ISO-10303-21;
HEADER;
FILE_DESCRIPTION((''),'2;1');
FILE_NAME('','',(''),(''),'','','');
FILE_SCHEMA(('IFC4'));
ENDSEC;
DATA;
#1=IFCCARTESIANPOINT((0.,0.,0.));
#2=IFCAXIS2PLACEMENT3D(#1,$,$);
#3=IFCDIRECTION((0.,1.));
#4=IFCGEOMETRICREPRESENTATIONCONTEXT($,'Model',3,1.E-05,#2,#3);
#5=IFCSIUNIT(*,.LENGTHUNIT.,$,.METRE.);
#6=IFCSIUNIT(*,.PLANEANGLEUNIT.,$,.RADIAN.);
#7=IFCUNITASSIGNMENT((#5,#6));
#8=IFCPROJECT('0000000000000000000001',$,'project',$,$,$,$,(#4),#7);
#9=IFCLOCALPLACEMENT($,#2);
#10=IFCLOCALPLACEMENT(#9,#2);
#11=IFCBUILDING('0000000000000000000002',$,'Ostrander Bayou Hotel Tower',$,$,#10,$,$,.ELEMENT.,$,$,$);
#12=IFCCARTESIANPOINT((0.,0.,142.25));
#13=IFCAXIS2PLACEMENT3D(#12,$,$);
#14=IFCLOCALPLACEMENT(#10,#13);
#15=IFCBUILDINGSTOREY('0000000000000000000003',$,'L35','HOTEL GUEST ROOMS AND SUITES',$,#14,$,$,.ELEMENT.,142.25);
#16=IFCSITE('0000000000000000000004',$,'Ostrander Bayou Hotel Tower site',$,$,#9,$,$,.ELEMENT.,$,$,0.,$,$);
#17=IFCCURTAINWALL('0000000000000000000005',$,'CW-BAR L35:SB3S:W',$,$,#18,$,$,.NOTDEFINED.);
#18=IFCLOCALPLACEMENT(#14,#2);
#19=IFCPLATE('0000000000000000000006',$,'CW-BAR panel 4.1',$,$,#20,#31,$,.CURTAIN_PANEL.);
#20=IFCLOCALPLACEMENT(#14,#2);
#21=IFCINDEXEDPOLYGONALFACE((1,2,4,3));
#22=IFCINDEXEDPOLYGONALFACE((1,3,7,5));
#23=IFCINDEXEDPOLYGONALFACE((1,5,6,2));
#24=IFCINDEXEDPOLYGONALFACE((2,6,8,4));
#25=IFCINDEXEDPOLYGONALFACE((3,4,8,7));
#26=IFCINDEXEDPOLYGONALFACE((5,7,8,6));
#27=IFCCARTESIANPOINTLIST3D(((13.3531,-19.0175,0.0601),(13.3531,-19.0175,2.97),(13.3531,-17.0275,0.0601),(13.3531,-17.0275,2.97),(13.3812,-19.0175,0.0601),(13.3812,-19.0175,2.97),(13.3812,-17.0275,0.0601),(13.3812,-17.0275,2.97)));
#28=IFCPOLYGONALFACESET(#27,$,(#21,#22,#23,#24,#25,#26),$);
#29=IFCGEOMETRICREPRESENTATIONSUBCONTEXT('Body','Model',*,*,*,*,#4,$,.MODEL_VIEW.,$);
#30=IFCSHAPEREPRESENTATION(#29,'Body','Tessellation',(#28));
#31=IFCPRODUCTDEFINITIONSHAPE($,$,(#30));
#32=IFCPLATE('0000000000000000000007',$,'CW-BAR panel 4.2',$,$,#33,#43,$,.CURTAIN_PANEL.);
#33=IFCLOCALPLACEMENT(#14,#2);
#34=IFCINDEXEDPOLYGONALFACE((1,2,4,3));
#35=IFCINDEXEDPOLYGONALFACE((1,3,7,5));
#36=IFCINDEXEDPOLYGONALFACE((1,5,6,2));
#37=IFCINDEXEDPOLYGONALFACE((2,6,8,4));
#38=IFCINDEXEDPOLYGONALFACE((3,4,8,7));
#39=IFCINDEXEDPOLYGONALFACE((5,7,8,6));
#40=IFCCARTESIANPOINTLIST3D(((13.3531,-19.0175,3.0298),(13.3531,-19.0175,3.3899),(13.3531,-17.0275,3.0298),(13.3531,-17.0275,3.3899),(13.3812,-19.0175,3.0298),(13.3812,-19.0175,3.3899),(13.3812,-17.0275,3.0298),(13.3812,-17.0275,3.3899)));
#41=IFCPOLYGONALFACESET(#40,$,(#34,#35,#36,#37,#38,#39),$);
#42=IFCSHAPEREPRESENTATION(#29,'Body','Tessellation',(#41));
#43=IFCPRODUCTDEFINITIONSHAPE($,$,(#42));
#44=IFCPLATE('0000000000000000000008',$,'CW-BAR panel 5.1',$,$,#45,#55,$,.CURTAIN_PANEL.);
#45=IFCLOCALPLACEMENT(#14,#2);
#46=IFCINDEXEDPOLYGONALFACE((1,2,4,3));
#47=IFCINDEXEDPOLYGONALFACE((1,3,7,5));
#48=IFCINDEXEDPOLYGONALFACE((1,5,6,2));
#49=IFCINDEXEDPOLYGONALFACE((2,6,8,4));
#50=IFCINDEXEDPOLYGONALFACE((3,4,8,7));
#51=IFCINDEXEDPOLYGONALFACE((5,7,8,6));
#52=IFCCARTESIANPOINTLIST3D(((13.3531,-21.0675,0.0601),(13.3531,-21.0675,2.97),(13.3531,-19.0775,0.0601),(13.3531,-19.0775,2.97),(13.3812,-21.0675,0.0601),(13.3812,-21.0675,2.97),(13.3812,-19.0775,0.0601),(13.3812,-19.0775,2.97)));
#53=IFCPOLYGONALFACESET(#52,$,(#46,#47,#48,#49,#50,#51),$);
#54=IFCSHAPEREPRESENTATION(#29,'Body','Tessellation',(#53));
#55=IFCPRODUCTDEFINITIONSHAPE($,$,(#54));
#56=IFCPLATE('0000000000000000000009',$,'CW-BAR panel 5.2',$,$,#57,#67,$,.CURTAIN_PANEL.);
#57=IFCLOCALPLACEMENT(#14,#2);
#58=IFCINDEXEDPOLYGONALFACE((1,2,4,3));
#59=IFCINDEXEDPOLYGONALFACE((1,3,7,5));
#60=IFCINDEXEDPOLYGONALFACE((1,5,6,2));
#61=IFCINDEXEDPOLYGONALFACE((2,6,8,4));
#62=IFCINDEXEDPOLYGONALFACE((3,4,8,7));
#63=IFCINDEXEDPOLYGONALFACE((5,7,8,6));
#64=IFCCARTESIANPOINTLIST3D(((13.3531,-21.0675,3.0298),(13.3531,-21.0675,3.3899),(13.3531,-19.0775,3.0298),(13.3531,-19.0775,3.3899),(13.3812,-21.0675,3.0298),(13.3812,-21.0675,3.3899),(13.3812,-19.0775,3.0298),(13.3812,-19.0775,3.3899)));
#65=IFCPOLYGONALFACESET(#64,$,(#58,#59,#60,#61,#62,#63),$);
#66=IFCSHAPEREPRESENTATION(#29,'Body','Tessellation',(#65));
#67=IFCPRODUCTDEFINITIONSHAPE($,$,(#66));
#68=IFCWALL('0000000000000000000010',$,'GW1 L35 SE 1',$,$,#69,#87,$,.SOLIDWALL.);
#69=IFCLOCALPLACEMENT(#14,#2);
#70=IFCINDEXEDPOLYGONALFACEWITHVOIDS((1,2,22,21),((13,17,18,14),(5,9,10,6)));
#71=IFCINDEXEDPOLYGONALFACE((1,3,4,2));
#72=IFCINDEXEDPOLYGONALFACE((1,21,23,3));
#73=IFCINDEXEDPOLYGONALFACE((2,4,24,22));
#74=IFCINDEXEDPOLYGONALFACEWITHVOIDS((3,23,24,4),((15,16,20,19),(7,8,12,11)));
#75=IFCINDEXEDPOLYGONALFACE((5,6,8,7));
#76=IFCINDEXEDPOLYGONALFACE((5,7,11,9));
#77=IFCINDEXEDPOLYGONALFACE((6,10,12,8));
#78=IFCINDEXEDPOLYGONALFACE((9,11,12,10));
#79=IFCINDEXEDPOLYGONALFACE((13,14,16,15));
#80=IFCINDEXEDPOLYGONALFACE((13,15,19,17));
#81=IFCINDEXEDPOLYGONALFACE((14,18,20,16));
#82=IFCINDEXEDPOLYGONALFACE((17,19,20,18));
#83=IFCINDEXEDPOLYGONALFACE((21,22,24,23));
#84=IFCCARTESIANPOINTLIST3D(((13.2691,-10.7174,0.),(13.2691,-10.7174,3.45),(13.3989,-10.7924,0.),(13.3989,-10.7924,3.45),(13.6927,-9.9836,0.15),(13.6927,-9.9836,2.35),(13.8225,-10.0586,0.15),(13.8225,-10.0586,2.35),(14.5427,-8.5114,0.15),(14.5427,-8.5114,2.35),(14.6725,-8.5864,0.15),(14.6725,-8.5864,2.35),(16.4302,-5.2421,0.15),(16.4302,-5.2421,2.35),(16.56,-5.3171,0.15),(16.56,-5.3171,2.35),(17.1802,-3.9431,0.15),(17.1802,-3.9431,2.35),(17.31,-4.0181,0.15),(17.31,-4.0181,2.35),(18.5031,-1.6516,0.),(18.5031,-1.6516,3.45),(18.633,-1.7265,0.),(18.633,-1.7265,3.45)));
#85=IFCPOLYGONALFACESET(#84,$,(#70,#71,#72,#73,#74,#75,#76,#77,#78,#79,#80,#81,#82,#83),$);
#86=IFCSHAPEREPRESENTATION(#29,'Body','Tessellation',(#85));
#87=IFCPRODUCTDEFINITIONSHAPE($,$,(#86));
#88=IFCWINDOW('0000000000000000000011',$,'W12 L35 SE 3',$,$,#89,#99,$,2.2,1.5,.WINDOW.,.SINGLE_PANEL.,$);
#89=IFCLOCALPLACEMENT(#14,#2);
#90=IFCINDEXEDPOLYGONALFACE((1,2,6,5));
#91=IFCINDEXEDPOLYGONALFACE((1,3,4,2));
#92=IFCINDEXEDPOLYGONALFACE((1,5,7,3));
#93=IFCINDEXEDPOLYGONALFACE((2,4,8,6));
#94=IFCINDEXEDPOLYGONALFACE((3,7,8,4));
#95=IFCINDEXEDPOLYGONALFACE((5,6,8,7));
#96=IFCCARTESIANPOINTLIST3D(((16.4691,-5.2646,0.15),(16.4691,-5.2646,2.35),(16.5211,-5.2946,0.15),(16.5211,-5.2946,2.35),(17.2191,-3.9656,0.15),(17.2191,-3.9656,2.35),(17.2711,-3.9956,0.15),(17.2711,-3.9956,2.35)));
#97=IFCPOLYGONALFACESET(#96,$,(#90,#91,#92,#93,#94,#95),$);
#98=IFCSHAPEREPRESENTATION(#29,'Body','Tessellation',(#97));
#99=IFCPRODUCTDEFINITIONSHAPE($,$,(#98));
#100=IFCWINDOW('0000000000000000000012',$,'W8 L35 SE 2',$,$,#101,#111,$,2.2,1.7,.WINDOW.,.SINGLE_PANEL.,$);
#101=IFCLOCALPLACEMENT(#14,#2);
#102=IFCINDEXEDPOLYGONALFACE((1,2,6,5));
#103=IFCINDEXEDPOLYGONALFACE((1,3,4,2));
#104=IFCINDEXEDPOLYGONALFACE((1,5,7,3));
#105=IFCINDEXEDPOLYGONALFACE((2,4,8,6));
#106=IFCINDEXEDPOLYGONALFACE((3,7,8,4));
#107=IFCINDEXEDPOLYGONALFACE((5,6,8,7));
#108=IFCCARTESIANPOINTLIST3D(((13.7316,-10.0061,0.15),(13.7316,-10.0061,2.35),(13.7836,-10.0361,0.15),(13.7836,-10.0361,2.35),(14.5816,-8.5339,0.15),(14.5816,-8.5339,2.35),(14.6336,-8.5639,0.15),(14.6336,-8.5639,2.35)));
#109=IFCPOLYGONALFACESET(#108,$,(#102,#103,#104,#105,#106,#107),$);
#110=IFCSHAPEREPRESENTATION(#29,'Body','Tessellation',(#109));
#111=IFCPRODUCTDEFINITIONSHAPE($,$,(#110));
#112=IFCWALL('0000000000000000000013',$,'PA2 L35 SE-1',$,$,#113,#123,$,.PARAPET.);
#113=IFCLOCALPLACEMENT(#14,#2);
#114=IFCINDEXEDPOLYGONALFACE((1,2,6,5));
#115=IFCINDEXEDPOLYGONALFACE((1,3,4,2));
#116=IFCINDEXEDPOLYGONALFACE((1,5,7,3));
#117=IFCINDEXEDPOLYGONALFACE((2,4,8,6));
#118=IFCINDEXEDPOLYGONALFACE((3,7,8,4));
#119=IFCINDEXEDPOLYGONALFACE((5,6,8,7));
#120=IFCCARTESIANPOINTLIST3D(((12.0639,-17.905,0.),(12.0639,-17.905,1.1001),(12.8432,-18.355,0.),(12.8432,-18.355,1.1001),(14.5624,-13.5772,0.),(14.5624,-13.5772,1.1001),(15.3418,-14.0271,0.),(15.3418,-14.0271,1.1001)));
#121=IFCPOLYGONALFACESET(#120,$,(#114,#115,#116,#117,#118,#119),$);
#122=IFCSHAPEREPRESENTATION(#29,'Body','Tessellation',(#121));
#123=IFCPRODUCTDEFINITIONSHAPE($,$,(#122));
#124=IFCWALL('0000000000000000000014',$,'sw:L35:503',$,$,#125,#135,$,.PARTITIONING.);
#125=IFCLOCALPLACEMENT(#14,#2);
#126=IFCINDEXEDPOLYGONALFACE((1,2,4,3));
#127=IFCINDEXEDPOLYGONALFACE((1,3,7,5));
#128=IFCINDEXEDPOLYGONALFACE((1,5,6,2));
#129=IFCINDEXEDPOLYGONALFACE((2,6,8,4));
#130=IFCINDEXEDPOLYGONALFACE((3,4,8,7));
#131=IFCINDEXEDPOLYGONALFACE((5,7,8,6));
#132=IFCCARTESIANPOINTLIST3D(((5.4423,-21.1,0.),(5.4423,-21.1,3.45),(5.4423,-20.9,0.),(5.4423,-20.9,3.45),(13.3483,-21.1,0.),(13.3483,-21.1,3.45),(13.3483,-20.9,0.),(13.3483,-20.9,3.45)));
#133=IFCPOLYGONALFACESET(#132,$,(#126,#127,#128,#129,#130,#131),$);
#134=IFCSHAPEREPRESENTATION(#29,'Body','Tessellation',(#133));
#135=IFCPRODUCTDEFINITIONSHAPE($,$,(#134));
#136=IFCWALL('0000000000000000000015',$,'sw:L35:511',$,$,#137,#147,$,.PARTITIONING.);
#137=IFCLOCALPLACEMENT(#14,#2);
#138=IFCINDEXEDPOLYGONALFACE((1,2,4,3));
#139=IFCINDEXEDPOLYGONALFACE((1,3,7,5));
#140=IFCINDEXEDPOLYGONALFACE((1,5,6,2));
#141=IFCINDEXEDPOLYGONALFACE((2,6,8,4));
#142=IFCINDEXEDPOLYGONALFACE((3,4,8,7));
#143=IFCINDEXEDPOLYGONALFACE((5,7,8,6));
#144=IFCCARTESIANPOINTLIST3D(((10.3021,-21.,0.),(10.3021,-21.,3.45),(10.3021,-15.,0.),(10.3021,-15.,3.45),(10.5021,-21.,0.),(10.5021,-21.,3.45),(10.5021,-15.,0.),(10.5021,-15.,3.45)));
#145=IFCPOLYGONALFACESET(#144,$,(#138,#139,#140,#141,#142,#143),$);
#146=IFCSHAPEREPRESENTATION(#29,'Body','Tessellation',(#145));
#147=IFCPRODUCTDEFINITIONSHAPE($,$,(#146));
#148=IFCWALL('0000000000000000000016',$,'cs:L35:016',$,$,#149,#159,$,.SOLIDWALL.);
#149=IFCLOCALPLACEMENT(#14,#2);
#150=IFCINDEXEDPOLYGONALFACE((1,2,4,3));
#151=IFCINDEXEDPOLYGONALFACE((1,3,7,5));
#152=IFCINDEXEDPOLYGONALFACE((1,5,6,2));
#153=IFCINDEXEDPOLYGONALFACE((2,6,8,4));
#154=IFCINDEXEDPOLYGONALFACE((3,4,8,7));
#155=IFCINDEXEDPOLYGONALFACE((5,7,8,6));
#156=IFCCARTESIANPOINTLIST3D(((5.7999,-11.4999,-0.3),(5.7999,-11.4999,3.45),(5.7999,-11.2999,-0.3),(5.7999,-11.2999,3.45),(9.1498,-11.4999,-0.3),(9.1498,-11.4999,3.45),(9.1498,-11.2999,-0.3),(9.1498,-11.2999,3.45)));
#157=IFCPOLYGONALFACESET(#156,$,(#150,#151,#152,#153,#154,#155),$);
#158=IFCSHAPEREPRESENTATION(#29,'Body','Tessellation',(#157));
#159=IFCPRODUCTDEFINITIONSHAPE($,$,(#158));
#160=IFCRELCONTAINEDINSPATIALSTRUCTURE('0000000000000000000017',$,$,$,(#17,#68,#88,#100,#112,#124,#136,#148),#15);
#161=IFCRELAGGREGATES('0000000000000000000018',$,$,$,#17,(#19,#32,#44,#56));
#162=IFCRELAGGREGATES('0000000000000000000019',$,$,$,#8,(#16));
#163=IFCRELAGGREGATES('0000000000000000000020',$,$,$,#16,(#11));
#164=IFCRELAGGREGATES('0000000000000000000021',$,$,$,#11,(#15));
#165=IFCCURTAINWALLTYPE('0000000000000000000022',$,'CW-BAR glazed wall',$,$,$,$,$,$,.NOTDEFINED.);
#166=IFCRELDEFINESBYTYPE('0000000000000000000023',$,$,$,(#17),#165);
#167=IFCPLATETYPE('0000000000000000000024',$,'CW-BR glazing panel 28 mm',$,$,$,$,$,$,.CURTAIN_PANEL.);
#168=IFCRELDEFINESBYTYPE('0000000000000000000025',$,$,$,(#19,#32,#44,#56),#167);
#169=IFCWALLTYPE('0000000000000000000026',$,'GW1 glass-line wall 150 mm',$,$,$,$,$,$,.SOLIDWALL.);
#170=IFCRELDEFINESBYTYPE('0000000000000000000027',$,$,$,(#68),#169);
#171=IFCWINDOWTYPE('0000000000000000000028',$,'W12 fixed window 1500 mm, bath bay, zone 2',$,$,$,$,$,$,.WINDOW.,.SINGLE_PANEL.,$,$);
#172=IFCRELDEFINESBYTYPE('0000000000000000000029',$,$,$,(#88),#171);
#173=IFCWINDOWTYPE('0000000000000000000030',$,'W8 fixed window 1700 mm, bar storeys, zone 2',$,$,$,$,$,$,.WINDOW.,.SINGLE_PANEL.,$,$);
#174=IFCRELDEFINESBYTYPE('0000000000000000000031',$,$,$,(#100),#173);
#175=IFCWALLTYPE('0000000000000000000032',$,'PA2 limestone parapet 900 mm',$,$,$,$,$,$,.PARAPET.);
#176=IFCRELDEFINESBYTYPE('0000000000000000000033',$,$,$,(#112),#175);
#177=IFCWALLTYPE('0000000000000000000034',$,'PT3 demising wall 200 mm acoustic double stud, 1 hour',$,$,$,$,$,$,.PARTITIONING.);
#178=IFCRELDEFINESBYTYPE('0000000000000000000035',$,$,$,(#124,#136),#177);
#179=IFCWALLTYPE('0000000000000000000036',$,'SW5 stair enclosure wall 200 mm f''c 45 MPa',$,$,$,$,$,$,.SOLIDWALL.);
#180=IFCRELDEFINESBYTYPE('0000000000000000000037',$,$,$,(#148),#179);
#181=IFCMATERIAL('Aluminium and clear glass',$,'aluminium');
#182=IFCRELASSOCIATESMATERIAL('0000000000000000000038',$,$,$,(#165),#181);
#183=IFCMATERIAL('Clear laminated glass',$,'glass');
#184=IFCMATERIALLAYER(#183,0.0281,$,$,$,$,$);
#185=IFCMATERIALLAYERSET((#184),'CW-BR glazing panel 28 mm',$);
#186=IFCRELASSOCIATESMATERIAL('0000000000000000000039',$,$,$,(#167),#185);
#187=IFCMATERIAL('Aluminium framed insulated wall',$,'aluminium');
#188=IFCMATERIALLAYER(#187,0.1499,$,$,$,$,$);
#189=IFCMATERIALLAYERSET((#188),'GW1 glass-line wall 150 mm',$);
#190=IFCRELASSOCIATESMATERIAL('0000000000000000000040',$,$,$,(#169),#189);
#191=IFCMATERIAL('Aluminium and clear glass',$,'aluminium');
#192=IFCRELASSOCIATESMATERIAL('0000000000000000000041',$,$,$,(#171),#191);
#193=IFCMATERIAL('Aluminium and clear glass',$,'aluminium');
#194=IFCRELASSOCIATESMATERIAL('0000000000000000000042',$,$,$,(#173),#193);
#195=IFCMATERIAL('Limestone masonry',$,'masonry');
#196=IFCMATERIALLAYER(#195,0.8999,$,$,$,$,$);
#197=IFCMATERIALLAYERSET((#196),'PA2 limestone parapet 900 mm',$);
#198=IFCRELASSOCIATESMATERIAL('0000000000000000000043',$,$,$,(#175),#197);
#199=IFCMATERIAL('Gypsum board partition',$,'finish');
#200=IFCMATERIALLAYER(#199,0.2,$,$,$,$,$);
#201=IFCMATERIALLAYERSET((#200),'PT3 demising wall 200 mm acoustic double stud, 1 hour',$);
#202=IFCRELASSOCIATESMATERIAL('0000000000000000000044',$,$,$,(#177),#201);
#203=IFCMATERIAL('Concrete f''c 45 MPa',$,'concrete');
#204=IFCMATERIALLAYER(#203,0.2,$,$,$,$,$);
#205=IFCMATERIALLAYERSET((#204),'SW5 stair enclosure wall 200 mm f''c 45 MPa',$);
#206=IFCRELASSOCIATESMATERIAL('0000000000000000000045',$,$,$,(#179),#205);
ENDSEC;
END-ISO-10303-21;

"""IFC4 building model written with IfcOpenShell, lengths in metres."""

from ifc_helpers import new_model, si_unit, direction, frame, frame_2d, origin, origin_2d, place, context, subcontext, project, spatial, rectangle, extrude, material, layer, layer_set, type_object, element, fill, aggregate, save


model = new_model("IFC4")

# Units and contexts
model_context = context("Model", 3, precision=1e-05, world=origin(), true_north=direction((0.0, 1.0)))
body_context = subcontext(model_context, "Body", "Model", "MODEL_VIEW")
ifc_project = project(units=[si_unit("LENGTHUNIT", "METRE"), si_unit("PLANEANGLEUNIT", "RADIAN")], contexts=[model_context])

# Site, building, storey
site_placement = place(None, origin())
site = spatial("IfcSite", under=ifc_project, at=site_placement, Name="Ostrander Bayou Hotel Tower site", CompositionType="ELEMENT", RefElevation=0.0)
building_placement = place(site_placement, origin())
building = spatial("IfcBuilding", under=site, at=building_placement, Name="Ostrander Bayou Hotel Tower", CompositionType="ELEMENT")
storey_placement = place(building_placement, frame((0.0, 0.0, 142.25)))
storey = spatial("IfcBuildingStorey", under=building, at=storey_placement, Name="L35", Description="HOTEL GUEST ROOMS AND SUITES", CompositionType="ELEMENT", Elevation=142.25)

# Curtain wall
ifc_material_1 = material(Name="Aluminium and clear glass", Category="aluminium")
curtain_wall_type = type_object("IfcCurtainWallType", Name="CW-BAR glazed wall", PredefinedType="NOTDEFINED", material=ifc_material_1)
curtain_wall_placement = place(storey_placement, origin())
curtain_wall = element("IfcCurtainWall", 1, at=curtain_wall_placement, inside=storey, type_object=curtain_wall_type, Name="CW-BAR L35:SB3S:W", PredefinedType="NOTDEFINED")

# Plates
ifc_material_2 = material(Name="Clear laminated glass", Category="glass")
ifc_layer_1 = layer(ifc_material_2, 0.0281)
ifc_layer_set_1 = layer_set([ifc_layer_1], Name="CW-BR glazing panel 28 mm")
plate_type = type_object("IfcPlateType", Name="CW-BR glazing panel 28 mm", PredefinedType="CURTAIN_PANEL", material=ifc_layer_set_1)
plate_1_placement = place(storey_placement, frame((13.3672, -18.0225, 0.0601), z_axis=(0.0, 0.0, 1.0), x_axis=(0.0, -1.0, 0.0)))
plate_1 = element("IfcPlate", 2, at=plate_1_placement, type_object=plate_type, Name="CW-BAR panel 4.1", PredefinedType="CURTAIN_PANEL", context=body_context, shape_type="SweptSolid", body=[
    extrude(rectangle(XDim=1.99, YDim=0.0281, at=origin_2d()), origin(), (0.0, 0.0, 1.0), 2.9099),
])
plate_2_placement = place(storey_placement, frame((13.3672, -18.0225, 3.0298), z_axis=(0.0, 0.0, 1.0), x_axis=(0.0, -1.0, 0.0)))
plate_2 = element("IfcPlate", 3, at=plate_2_placement, type_object=plate_type, Name="CW-BAR panel 4.2", PredefinedType="CURTAIN_PANEL", context=body_context, shape_type="SweptSolid", body=[
    extrude(rectangle(XDim=1.99, YDim=0.0281, at=origin_2d()), origin(), (0.0, 0.0, 1.0), 0.3601),
])
plate_3_placement = place(storey_placement, frame((13.3672, -20.0725, 0.0601), z_axis=(0.0, 0.0, 1.0), x_axis=(0.0, -1.0, 0.0)))
plate_3 = element("IfcPlate", 4, at=plate_3_placement, type_object=plate_type, Name="CW-BAR panel 5.1", PredefinedType="CURTAIN_PANEL", context=body_context, shape_type="SweptSolid", body=[
    extrude(rectangle(XDim=1.99, YDim=0.0281, at=origin_2d()), origin(), (0.0, 0.0, 1.0), 2.9099),
])
plate_4_placement = place(storey_placement, frame((13.3672, -20.0725, 3.0298), z_axis=(0.0, 0.0, 1.0), x_axis=(0.0, -1.0, 0.0)))
plate_4 = element("IfcPlate", 5, at=plate_4_placement, type_object=plate_type, Name="CW-BAR panel 5.2", PredefinedType="CURTAIN_PANEL", context=body_context, shape_type="SweptSolid", body=[
    extrude(rectangle(XDim=1.99, YDim=0.0281, at=origin_2d()), origin(), (0.0, 0.0, 1.0), 0.3601),
])
aggregate(curtain_wall, [plate_1, plate_2, plate_3, plate_4])

# Wall, openings, windows
ifc_material_3 = material(Name="Aluminium framed insulated wall", Category="aluminium")
ifc_layer_2 = layer(ifc_material_3, 0.1499)
ifc_layer_set_2 = layer_set([ifc_layer_2], Name="GW1 glass-line wall 150 mm")
wall_type_1 = type_object("IfcWallType", Name="GW1 glass-line wall 150 mm", PredefinedType="SOLIDWALL", material=ifc_layer_set_2)
wall_1_placement = place(storey_placement, frame((13.334, -10.7549, 0.0), z_axis=(0.0, 0.0, 1.0), x_axis=(0.499994, 0.866029, 0.0)))
wall_1 = element("IfcWall", 6, at=wall_1_placement, inside=storey, type_object=wall_type_1, Name="GW1 L35 SE 1", PredefinedType="SOLIDWALL", context=body_context, shape_type="SweptSolid", body=[
    extrude(rectangle(XDim=10.4683, YDim=0.1499, at=frame_2d((5.2341, 0.0))), origin(), (0.0, 0.0, 1.0), 3.45),
])
opening_1_placement = place(wall_1_placement, frame((0.8472, 0.0, 0.1499)))
opening_1 = element("IfcOpeningElement", 7, at=opening_1_placement, cuts=wall_1, PredefinedType="OPENING", context=body_context, shape_type="SweptSolid", body=[
    extrude(rectangle(XDim=1.7, YDim=2.2, at=frame_2d((0.8501, 1.1001))), frame((0.0, 0.075, 0.0), z_axis=(0.0, -1.0, 0.0), x_axis=(1.0, 0.0, 0.0)), (0.0, 0.0, 1.0), 0.1499),
])
opening_2_placement = place(wall_1_placement, frame((6.3223, 0.0, 0.1499)))
opening_2 = element("IfcOpeningElement", 8, at=opening_2_placement, cuts=wall_1, PredefinedType="OPENING", context=body_context, shape_type="SweptSolid", body=[
    extrude(rectangle(XDim=1.5, YDim=2.2, at=frame_2d((0.75, 1.1001))), frame((0.0, 0.075, 0.0), z_axis=(0.0, -1.0, 0.0), x_axis=(1.0, 0.0, 0.0)), (0.0, 0.0, 1.0), 0.1499),
])
ifc_material_4 = material(Name="Aluminium and clear glass", Category="aluminium")
window_type_1 = type_object("IfcWindowType", Name="W12 fixed window 1500 mm, bath bay, zone 2", PartitioningType="SINGLE_PANEL", PredefinedType="WINDOW", material=ifc_material_4)
window_1_placement = place(opening_2_placement, origin())
window_1 = element("IfcWindow", 9, at=window_1_placement, inside=storey, type_object=window_type_1, Name="W12 L35 SE 3", OverallHeight=2.2, OverallWidth=1.5, PartitioningType="SINGLE_PANEL", PredefinedType="WINDOW", context=body_context, shape_type="SweptSolid", body=[
    extrude(rectangle(XDim=1.5, YDim=2.2, at=frame_2d((0.75, 1.1001))), frame((0.0, 0.03, 0.0), z_axis=(0.0, -1.0, 0.0), x_axis=(1.0, 0.0, 0.0)), (0.0, 0.0, 1.0), 0.0601),
])
fill(opening_2, window_1)
ifc_material_5 = material(Name="Aluminium and clear glass", Category="aluminium")
window_type_2 = type_object("IfcWindowType", Name="W8 fixed window 1700 mm, bar storeys, zone 2", PartitioningType="SINGLE_PANEL", PredefinedType="WINDOW", material=ifc_material_5)
window_2_placement = place(opening_1_placement, origin())
window_2 = element("IfcWindow", 10, at=window_2_placement, inside=storey, type_object=window_type_2, Name="W8 L35 SE 2", OverallHeight=2.2, OverallWidth=1.7, PartitioningType="SINGLE_PANEL", PredefinedType="WINDOW", context=body_context, shape_type="SweptSolid", body=[
    extrude(rectangle(XDim=1.7, YDim=2.2, at=frame_2d((0.8501, 1.1001))), frame((0.0, 0.03, 0.0), z_axis=(0.0, -1.0, 0.0), x_axis=(1.0, 0.0, 0.0)), (0.0, 0.0, 1.0), 0.0601),
])
fill(opening_1, window_2)

# Walls
ifc_material_6 = material(Name="Limestone masonry", Category="masonry")
ifc_layer_3 = layer(ifc_material_6, 0.8999)
ifc_layer_set_3 = layer_set([ifc_layer_3], Name="PA2 limestone parapet 900 mm")
wall_type_2 = type_object("IfcWallType", Name="PA2 limestone parapet 900 mm", PredefinedType="PARAPET", material=ifc_layer_set_3)
wall_2_placement = place(storey_placement, frame((12.4536, -18.1299, 0.0), z_axis=(0.0, 0.0, 1.0), x_axis=(0.499975, 0.86604, 0.0)))
element("IfcWall", 11, at=wall_2_placement, inside=storey, type_object=wall_type_2, Name="PA2 L35 SE-1", PredefinedType="PARAPET", context=body_context, shape_type="SweptSolid", body=[
    extrude(rectangle(XDim=4.9973, YDim=0.8999, at=frame_2d((2.4985, 0.0))), origin(), (0.0, 0.0, 1.0), 1.1001),
])
ifc_material_7 = material(Name="Gypsum board partition", Category="finish")
ifc_layer_4 = layer(ifc_material_7, 0.2)
ifc_layer_set_4 = layer_set([ifc_layer_4], Name="PT3 demising wall 200 mm acoustic double stud, 1 hour")
wall_type_3 = type_object("IfcWallType", Name="PT3 demising wall 200 mm acoustic double stud, 1 hour", PredefinedType="PARTITIONING", material=ifc_layer_set_4)
wall_3_placement = place(storey_placement, frame((5.4421, -21.0, 0.0), z_axis=(0.0, 0.0, 1.0), x_axis=(1.0, 0.0, 0.0)))
element("IfcWall", 12, at=wall_3_placement, inside=storey, type_object=wall_type_3, Name="sw:L35:503", PredefinedType="PARTITIONING", context=body_context, shape_type="SweptSolid", body=[
    extrude(rectangle(XDim=7.906, YDim=0.2, at=frame_2d((3.9531, 0.0))), origin(), (0.0, 0.0, 1.0), 3.45),
])
wall_4_placement = place(storey_placement, frame((10.4021, -21.0, 0.0), z_axis=(0.0, 0.0, 1.0), x_axis=(0.0, 1.0, 0.0)))
element("IfcWall", 13, at=wall_4_placement, inside=storey, type_object=wall_type_3, Name="sw:L35:511", PredefinedType="PARTITIONING", context=body_context, shape_type="SweptSolid", body=[
    extrude(rectangle(XDim=6.0, YDim=0.2, at=frame_2d((3.0, 0.0))), origin(), (0.0, 0.0, 1.0), 3.45),
])
ifc_material_8 = material(Name="Concrete f'c 45 MPa", Category="concrete")
ifc_layer_5 = layer(ifc_material_8, 0.2)
ifc_layer_set_5 = layer_set([ifc_layer_5], Name="SW5 stair enclosure wall 200 mm f'c 45 MPa")
wall_type_4 = type_object("IfcWallType", Name="SW5 stair enclosure wall 200 mm f'c 45 MPa", PredefinedType="SOLIDWALL", material=ifc_layer_set_5)
wall_5_placement = place(storey_placement, frame((5.8, -11.3999, -0.3), z_axis=(0.0, 0.0, 1.0), x_axis=(1.0, 0.0, 0.0)))
element("IfcWall", 14, at=wall_5_placement, inside=storey, type_object=wall_type_4, Name="cs:L35:016", PredefinedType="SOLIDWALL", context=body_context, shape_type="SweptSolid", body=[
    extrude(rectangle(XDim=3.3499, YDim=0.2, at=frame_2d((1.6748, 0.0))), origin(), (0.0, 0.0, 1.0), 3.75),
])

save(model, "model.ifc")
